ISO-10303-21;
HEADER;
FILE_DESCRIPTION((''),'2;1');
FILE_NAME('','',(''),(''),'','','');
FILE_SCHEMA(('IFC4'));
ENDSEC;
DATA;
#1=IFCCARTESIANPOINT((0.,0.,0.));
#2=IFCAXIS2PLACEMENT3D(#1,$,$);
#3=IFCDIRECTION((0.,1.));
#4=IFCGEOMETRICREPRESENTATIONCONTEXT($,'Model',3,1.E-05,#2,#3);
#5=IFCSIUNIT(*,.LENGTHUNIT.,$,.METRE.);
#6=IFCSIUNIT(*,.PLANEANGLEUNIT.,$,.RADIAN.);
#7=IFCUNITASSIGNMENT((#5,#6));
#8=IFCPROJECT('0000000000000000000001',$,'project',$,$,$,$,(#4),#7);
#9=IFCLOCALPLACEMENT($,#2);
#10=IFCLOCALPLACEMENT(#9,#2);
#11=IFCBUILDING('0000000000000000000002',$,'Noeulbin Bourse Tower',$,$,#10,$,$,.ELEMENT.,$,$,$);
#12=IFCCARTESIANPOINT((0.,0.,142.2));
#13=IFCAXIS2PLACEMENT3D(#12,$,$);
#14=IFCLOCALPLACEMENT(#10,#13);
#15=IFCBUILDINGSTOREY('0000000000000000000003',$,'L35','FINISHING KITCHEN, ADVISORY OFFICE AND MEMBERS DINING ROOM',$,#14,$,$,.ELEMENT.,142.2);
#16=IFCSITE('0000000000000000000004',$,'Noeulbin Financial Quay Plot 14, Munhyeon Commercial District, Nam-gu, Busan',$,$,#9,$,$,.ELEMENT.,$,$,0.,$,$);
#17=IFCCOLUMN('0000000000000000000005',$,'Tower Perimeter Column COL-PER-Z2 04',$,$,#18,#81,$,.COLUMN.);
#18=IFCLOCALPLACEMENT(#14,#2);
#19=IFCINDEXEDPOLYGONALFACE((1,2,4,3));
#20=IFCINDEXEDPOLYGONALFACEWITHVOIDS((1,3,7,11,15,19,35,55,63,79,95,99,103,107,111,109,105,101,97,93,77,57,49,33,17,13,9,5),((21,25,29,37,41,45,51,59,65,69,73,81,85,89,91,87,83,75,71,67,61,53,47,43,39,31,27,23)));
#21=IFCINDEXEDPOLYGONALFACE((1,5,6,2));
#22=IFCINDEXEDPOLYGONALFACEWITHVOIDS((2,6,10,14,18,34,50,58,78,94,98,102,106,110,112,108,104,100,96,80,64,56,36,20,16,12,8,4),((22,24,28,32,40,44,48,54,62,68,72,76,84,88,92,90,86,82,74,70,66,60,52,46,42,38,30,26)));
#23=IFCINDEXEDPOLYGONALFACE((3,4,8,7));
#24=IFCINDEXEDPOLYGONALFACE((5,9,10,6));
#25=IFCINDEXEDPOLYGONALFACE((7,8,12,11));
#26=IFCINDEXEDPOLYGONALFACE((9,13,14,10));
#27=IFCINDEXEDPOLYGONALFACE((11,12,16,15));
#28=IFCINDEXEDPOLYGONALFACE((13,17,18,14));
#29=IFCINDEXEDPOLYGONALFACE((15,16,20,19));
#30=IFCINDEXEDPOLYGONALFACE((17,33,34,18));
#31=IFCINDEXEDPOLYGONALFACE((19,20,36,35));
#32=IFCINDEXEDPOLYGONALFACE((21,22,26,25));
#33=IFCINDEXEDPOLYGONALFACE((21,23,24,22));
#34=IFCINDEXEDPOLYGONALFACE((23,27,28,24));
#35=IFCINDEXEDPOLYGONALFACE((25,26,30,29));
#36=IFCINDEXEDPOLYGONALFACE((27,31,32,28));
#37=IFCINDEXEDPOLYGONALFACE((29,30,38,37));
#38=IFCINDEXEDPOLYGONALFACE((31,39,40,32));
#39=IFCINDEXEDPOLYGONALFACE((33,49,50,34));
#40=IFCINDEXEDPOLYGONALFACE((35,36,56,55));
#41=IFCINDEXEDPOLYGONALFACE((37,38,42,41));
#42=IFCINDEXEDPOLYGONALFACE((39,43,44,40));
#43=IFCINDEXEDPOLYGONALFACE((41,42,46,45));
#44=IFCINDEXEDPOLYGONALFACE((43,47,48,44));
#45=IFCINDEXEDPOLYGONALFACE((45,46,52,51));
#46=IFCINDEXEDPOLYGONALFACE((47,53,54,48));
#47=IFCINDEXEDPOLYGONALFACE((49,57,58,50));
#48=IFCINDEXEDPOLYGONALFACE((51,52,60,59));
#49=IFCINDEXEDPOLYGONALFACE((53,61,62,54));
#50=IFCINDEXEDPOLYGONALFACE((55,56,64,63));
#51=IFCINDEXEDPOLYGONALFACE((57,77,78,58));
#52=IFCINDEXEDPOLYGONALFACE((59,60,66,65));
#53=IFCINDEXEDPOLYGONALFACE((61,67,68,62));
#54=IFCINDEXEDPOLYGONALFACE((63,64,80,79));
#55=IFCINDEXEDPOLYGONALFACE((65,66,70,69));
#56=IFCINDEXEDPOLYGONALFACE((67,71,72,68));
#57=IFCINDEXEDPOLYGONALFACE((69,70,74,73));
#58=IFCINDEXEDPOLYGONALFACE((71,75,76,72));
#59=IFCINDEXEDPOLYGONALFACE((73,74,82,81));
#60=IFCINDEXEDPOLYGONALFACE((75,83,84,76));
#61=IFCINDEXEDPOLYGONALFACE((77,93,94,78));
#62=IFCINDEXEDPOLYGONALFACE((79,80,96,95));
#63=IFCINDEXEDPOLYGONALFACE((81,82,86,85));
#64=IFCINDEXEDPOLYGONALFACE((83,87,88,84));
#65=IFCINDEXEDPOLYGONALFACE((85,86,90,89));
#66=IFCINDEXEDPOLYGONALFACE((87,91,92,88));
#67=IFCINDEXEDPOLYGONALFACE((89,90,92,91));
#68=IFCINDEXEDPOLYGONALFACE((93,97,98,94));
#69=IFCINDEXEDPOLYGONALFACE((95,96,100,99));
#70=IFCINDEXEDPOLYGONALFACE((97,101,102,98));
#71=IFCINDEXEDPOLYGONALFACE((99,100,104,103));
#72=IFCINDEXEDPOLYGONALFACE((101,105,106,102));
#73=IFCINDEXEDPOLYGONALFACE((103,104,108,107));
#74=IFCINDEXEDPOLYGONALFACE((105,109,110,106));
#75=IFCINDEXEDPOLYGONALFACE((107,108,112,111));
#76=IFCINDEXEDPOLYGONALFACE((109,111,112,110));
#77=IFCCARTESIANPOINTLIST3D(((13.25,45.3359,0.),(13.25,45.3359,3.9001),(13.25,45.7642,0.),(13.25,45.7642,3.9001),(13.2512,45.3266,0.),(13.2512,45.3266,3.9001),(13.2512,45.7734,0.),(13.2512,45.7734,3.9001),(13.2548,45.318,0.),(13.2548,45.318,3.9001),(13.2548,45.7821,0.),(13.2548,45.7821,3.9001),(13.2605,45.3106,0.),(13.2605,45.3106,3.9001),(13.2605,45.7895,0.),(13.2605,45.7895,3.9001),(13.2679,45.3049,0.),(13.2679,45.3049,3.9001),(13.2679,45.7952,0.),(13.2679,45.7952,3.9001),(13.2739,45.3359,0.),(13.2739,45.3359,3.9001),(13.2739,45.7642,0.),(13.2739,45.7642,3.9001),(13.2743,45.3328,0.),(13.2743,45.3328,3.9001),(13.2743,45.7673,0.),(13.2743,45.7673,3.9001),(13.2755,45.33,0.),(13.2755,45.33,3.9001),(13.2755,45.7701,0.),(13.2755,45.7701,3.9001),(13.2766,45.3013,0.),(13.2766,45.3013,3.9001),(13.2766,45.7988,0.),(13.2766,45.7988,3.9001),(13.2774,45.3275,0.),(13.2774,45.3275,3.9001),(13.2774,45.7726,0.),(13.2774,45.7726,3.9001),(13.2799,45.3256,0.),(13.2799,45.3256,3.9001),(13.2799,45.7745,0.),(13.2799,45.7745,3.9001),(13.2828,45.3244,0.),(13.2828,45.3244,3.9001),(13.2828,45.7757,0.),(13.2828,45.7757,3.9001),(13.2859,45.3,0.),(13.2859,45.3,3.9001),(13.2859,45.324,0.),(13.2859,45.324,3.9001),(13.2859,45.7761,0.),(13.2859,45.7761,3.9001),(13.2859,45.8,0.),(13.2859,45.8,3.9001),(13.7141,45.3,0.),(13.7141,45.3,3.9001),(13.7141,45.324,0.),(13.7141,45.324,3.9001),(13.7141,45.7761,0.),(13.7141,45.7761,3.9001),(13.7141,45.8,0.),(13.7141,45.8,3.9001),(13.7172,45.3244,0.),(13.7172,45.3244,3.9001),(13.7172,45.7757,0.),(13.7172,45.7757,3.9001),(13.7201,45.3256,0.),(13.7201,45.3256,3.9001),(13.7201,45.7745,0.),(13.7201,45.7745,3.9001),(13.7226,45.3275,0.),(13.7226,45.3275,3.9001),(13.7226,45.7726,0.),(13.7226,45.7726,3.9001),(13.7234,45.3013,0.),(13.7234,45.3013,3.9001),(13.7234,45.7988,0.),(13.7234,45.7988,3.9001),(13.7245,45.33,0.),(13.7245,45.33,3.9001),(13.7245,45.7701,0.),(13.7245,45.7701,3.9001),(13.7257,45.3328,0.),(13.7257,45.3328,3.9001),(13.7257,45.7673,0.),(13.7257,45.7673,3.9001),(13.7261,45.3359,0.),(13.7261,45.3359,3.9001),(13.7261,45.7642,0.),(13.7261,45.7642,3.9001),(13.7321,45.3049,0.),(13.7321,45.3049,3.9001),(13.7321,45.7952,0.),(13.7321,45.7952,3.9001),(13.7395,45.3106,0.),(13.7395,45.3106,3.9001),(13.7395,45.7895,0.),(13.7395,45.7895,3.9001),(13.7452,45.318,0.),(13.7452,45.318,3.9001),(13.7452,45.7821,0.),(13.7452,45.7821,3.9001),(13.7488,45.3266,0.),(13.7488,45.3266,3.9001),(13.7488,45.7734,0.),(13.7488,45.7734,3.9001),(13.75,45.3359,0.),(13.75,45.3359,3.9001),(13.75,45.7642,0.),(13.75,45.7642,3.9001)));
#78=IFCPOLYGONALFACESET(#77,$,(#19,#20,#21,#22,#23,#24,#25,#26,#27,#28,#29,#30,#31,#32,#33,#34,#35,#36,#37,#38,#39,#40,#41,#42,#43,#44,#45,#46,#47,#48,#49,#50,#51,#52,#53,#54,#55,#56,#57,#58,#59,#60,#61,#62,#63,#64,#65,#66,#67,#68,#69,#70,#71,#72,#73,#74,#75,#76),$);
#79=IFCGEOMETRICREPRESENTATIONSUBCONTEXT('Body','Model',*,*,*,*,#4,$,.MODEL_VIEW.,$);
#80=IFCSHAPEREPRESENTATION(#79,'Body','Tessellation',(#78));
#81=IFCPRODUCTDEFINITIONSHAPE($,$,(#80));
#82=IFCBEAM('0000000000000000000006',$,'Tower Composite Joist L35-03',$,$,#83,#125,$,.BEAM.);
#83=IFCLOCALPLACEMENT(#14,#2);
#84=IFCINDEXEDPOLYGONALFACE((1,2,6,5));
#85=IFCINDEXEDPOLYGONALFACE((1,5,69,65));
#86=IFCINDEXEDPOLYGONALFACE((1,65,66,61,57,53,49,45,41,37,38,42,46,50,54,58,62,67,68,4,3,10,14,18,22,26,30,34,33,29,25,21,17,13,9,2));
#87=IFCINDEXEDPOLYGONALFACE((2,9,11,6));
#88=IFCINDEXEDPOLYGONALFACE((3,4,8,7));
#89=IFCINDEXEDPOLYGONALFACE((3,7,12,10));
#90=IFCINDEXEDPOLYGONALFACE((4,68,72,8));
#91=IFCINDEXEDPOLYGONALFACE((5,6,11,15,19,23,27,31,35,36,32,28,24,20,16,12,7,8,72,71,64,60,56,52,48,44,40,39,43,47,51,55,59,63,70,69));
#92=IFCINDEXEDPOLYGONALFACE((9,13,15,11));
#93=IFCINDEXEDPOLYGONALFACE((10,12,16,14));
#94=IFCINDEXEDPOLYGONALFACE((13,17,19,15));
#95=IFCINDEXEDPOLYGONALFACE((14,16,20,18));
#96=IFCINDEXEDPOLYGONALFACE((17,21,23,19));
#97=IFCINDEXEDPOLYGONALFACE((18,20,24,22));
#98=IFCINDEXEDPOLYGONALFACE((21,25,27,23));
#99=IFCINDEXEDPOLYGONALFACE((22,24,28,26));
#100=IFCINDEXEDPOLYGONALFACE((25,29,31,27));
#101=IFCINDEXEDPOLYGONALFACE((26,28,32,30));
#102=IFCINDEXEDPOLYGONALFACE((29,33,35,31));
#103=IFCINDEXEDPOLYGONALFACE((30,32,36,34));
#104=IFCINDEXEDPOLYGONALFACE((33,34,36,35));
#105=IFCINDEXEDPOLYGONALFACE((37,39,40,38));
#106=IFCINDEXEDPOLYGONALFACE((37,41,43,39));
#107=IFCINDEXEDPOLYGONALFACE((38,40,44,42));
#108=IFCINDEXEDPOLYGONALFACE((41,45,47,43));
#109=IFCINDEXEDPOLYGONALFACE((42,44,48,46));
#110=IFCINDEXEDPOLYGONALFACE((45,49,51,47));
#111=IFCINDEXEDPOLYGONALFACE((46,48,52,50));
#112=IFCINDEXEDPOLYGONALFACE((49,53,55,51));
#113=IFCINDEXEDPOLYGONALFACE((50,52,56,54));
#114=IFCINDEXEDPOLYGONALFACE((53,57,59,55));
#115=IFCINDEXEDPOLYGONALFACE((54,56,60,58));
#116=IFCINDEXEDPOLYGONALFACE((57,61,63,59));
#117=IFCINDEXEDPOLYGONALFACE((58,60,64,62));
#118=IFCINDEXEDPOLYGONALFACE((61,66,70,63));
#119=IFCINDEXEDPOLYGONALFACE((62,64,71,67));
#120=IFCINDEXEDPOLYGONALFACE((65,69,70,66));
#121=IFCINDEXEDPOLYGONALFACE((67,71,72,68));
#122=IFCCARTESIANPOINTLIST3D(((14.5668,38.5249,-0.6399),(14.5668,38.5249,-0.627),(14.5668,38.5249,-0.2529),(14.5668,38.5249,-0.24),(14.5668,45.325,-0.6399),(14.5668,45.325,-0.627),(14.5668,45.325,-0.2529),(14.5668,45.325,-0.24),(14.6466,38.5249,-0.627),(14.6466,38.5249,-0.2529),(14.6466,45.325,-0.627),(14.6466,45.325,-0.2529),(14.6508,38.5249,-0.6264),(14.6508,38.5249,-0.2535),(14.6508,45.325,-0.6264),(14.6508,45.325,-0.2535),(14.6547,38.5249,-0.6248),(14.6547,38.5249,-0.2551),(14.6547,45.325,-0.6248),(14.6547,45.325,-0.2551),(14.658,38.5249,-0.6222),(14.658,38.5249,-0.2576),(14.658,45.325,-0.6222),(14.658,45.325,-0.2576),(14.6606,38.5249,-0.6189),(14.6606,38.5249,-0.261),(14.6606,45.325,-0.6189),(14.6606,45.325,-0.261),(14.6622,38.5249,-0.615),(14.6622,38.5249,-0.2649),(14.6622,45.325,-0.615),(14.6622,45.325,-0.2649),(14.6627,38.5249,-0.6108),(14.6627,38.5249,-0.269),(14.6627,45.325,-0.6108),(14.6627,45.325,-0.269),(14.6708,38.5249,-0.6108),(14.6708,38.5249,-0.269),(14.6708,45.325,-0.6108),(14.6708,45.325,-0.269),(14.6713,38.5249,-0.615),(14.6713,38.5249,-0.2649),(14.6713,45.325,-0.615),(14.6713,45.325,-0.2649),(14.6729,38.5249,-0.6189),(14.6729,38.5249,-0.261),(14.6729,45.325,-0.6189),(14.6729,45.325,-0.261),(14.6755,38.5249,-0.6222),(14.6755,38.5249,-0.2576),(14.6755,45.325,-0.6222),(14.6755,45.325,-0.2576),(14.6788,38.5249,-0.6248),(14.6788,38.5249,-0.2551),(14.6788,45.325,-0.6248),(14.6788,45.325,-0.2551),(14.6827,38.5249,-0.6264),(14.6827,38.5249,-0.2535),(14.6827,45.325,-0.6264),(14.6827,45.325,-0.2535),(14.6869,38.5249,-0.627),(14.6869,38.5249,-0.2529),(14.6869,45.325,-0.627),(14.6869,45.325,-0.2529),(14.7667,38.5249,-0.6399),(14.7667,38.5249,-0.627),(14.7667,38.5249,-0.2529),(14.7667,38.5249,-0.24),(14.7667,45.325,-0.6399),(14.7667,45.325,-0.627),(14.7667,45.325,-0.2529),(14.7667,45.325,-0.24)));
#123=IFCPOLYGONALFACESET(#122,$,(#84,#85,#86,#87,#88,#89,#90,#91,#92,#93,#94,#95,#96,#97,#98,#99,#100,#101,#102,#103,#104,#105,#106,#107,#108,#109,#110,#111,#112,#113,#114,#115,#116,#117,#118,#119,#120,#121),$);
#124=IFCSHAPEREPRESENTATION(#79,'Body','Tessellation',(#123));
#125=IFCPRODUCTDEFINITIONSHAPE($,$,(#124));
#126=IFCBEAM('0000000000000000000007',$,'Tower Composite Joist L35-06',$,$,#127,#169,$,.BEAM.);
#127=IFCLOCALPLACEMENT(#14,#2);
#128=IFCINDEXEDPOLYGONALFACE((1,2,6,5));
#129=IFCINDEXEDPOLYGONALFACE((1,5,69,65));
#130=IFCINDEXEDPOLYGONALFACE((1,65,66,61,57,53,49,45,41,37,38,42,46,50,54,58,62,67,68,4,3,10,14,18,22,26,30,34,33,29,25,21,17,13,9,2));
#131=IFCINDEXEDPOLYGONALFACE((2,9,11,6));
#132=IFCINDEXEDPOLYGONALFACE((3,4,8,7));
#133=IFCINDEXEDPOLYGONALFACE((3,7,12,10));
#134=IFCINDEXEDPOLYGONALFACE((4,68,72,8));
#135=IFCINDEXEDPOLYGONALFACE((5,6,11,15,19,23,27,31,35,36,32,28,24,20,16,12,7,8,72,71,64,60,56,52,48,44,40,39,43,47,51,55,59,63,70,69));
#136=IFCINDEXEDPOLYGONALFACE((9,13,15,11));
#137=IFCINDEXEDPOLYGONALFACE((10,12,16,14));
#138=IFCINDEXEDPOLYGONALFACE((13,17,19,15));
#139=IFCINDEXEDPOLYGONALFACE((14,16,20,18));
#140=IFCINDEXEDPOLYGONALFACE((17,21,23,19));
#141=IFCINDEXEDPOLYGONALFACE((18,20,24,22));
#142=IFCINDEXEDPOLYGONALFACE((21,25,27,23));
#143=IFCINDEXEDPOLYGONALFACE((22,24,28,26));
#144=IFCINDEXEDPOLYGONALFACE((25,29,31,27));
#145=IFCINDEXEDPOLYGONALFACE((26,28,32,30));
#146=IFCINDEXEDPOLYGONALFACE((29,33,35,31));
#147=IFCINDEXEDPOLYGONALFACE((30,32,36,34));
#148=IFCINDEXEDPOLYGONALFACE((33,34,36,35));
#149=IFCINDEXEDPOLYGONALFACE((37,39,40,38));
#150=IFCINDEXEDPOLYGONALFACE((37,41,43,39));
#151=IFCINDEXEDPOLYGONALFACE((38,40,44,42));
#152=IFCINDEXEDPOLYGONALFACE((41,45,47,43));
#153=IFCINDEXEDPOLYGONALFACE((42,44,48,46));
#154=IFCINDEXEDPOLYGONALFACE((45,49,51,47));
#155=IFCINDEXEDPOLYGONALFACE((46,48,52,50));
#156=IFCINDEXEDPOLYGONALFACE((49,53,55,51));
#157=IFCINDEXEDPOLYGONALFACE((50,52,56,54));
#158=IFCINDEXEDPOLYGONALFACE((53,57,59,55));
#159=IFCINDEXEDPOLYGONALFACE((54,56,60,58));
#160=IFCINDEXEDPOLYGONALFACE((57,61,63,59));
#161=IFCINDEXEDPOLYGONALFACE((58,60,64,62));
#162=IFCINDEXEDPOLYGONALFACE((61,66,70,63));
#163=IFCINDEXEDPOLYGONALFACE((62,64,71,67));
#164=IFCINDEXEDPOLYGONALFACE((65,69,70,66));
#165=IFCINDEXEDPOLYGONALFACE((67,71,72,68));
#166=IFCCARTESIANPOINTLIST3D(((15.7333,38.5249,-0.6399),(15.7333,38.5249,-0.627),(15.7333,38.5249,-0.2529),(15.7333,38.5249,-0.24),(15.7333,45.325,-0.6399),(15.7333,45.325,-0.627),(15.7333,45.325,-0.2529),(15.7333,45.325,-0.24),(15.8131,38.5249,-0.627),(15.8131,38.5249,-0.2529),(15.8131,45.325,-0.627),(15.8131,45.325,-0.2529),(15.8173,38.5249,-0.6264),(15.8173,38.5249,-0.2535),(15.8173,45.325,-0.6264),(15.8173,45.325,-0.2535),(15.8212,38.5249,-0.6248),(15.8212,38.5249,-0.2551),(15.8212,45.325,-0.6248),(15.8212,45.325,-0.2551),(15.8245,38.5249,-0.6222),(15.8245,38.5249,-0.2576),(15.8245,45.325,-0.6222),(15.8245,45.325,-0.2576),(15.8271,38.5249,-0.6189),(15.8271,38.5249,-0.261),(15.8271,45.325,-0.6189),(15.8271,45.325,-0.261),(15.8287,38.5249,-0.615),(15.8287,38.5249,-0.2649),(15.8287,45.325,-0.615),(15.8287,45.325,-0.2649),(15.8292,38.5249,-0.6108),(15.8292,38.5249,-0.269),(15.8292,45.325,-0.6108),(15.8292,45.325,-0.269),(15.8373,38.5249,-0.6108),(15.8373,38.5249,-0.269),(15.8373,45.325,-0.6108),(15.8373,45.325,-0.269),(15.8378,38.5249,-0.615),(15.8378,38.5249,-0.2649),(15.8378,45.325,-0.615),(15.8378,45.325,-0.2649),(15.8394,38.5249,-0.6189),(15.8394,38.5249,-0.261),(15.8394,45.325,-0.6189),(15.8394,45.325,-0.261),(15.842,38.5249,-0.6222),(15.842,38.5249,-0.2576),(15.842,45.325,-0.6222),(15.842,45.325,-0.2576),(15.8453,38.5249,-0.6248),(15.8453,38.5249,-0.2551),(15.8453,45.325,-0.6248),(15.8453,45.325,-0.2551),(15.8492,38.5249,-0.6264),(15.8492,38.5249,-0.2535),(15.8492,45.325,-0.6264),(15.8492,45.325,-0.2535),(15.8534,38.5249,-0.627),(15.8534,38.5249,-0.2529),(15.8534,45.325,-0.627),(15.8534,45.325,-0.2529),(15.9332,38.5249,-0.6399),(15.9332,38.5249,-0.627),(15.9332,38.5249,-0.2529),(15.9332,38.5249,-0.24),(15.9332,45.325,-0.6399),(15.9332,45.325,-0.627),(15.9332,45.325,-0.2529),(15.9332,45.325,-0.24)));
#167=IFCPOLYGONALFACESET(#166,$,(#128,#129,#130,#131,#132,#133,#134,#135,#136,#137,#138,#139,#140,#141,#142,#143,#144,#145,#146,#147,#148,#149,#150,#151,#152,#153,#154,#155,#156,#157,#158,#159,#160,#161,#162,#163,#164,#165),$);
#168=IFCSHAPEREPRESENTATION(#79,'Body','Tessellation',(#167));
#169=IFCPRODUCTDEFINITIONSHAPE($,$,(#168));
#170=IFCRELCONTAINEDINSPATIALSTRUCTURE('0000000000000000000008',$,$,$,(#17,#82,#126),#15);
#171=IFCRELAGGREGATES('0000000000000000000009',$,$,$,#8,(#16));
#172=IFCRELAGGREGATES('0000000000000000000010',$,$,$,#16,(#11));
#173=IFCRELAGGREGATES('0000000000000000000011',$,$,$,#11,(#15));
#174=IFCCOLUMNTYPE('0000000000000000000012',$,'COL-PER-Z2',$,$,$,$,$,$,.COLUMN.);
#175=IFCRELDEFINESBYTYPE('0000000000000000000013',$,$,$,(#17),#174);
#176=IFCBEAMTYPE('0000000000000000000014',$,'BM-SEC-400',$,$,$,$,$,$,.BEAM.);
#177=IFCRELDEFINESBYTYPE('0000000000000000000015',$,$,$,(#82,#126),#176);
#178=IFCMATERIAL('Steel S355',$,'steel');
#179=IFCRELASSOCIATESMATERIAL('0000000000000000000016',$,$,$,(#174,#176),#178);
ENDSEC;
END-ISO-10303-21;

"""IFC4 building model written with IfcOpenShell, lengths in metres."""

from ifc_helpers import new_model, si_unit, direction, frame, origin, origin_2d, place, context, subcontext, project, spatial, hollow_rectangle, i_section, extrude, material, material_profile, profile_set, type_object, element, save


model = new_model("IFC4")

# Units and contexts
model_context = context("Model", 3, precision=1e-05, world=origin(), true_north=direction((0.0, 1.0)))
body_context = subcontext(model_context, "Body", "Model", "MODEL_VIEW")
ifc_project = project(units=[si_unit("LENGTHUNIT", "METRE"), si_unit("PLANEANGLEUNIT", "RADIAN")], contexts=[model_context])

# Site, building, storey
site_placement = place(None, origin())
site = spatial("IfcSite", under=ifc_project, at=site_placement, Name="Noeulbin Financial Quay Plot 14, Munhyeon Commercial District, Nam-gu, Busan", CompositionType="ELEMENT", RefElevation=0.0)
building_placement = place(site_placement, origin())
building = spatial("IfcBuilding", under=site, at=building_placement, Name="Noeulbin Bourse Tower", CompositionType="ELEMENT")
storey_placement = place(building_placement, frame((0.0, 0.0, 142.2)))
storey = spatial("IfcBuildingStorey", under=building, at=storey_placement, Name="L35", Description="FINISHING KITCHEN, ADVISORY OFFICE AND MEMBERS DINING ROOM", CompositionType="ELEMENT", Elevation=142.2)

# Column
ifc_material_1 = material(Name="Steel S355", Category="steel")
ifc_material_profile_1 = material_profile(ifc_material_1, hollow_rectangle(XDim=0.5, YDim=0.5, WallThickness=0.0239, InnerFilletRadius=0.012, OuterFilletRadius=0.0359, at=origin_2d()), Name="BOX-500x500x24", Category="LoadBearing")
ifc_profile_set_1 = profile_set([ifc_material_profile_1], Name="Steel S355")
column_type = type_object("IfcColumnType", Name="COL-PER-Z2", PredefinedType="COLUMN", material=ifc_profile_set_1)
column_placement = place(storey_placement, frame((13.5, 45.55, 0.0), z_axis=(0.0, 0.0, 1.0), x_axis=(1.0, 0.0, 0.0)))
element("IfcColumn", 1, at=column_placement, inside=storey, type_object=column_type, Name="Tower Perimeter Column COL-PER-Z2 04", PredefinedType="COLUMN", context=body_context, shape_type="SweptSolid", body=[
    extrude(hollow_rectangle(XDim=0.5, YDim=0.5, WallThickness=0.0239, InnerFilletRadius=0.012, OuterFilletRadius=0.0359, at=origin_2d()), origin(), (0.0, 0.0, 1.0), 3.9001),
])

# Beams
ifc_material_profile_2 = material_profile(ifc_material_1, i_section(OverallWidth=0.2, OverallDepth=0.3999, WebThickness=0.0081, FlangeThickness=0.0129, FilletRadius=0.0161, at=origin_2d()), Name="H-400x200x8x13", Category="LoadBearing")
ifc_profile_set_2 = profile_set([ifc_material_profile_2], Name="Steel S355")
beam_type_1 = type_object("IfcBeamType", Name="BM-SEC-400", PredefinedType="BEAM", material=ifc_profile_set_2)
for number, where, z_axis, x_axis, name in (
    (2, (14.6667, 38.5249, -0.4399), (0.0, 1.0, 0.0), (-1.0, 0.0, 0.0), "Tower Composite Joist L35-03"),
    (3, (15.8333, 38.5249, -0.4399), (0.0, 1.0, 0.0), (-1.0, 0.0, 0.0), "Tower Composite Joist L35-06"),
):
    element("IfcBeam", number, at=place(storey_placement, frame(where, z_axis=z_axis, x_axis=x_axis)), inside=storey, type_object=beam_type_1, Name=name, PredefinedType="BEAM", context=body_context, shape_type="SweptSolid", body=[
        extrude(i_section(OverallWidth=0.2, OverallDepth=0.3999, WebThickness=0.0081, FlangeThickness=0.0129, FilletRadius=0.0161, at=origin_2d()), origin(), (0.0, 0.0, 1.0), 6.8),
    ])

save(model, "model.ifc")
